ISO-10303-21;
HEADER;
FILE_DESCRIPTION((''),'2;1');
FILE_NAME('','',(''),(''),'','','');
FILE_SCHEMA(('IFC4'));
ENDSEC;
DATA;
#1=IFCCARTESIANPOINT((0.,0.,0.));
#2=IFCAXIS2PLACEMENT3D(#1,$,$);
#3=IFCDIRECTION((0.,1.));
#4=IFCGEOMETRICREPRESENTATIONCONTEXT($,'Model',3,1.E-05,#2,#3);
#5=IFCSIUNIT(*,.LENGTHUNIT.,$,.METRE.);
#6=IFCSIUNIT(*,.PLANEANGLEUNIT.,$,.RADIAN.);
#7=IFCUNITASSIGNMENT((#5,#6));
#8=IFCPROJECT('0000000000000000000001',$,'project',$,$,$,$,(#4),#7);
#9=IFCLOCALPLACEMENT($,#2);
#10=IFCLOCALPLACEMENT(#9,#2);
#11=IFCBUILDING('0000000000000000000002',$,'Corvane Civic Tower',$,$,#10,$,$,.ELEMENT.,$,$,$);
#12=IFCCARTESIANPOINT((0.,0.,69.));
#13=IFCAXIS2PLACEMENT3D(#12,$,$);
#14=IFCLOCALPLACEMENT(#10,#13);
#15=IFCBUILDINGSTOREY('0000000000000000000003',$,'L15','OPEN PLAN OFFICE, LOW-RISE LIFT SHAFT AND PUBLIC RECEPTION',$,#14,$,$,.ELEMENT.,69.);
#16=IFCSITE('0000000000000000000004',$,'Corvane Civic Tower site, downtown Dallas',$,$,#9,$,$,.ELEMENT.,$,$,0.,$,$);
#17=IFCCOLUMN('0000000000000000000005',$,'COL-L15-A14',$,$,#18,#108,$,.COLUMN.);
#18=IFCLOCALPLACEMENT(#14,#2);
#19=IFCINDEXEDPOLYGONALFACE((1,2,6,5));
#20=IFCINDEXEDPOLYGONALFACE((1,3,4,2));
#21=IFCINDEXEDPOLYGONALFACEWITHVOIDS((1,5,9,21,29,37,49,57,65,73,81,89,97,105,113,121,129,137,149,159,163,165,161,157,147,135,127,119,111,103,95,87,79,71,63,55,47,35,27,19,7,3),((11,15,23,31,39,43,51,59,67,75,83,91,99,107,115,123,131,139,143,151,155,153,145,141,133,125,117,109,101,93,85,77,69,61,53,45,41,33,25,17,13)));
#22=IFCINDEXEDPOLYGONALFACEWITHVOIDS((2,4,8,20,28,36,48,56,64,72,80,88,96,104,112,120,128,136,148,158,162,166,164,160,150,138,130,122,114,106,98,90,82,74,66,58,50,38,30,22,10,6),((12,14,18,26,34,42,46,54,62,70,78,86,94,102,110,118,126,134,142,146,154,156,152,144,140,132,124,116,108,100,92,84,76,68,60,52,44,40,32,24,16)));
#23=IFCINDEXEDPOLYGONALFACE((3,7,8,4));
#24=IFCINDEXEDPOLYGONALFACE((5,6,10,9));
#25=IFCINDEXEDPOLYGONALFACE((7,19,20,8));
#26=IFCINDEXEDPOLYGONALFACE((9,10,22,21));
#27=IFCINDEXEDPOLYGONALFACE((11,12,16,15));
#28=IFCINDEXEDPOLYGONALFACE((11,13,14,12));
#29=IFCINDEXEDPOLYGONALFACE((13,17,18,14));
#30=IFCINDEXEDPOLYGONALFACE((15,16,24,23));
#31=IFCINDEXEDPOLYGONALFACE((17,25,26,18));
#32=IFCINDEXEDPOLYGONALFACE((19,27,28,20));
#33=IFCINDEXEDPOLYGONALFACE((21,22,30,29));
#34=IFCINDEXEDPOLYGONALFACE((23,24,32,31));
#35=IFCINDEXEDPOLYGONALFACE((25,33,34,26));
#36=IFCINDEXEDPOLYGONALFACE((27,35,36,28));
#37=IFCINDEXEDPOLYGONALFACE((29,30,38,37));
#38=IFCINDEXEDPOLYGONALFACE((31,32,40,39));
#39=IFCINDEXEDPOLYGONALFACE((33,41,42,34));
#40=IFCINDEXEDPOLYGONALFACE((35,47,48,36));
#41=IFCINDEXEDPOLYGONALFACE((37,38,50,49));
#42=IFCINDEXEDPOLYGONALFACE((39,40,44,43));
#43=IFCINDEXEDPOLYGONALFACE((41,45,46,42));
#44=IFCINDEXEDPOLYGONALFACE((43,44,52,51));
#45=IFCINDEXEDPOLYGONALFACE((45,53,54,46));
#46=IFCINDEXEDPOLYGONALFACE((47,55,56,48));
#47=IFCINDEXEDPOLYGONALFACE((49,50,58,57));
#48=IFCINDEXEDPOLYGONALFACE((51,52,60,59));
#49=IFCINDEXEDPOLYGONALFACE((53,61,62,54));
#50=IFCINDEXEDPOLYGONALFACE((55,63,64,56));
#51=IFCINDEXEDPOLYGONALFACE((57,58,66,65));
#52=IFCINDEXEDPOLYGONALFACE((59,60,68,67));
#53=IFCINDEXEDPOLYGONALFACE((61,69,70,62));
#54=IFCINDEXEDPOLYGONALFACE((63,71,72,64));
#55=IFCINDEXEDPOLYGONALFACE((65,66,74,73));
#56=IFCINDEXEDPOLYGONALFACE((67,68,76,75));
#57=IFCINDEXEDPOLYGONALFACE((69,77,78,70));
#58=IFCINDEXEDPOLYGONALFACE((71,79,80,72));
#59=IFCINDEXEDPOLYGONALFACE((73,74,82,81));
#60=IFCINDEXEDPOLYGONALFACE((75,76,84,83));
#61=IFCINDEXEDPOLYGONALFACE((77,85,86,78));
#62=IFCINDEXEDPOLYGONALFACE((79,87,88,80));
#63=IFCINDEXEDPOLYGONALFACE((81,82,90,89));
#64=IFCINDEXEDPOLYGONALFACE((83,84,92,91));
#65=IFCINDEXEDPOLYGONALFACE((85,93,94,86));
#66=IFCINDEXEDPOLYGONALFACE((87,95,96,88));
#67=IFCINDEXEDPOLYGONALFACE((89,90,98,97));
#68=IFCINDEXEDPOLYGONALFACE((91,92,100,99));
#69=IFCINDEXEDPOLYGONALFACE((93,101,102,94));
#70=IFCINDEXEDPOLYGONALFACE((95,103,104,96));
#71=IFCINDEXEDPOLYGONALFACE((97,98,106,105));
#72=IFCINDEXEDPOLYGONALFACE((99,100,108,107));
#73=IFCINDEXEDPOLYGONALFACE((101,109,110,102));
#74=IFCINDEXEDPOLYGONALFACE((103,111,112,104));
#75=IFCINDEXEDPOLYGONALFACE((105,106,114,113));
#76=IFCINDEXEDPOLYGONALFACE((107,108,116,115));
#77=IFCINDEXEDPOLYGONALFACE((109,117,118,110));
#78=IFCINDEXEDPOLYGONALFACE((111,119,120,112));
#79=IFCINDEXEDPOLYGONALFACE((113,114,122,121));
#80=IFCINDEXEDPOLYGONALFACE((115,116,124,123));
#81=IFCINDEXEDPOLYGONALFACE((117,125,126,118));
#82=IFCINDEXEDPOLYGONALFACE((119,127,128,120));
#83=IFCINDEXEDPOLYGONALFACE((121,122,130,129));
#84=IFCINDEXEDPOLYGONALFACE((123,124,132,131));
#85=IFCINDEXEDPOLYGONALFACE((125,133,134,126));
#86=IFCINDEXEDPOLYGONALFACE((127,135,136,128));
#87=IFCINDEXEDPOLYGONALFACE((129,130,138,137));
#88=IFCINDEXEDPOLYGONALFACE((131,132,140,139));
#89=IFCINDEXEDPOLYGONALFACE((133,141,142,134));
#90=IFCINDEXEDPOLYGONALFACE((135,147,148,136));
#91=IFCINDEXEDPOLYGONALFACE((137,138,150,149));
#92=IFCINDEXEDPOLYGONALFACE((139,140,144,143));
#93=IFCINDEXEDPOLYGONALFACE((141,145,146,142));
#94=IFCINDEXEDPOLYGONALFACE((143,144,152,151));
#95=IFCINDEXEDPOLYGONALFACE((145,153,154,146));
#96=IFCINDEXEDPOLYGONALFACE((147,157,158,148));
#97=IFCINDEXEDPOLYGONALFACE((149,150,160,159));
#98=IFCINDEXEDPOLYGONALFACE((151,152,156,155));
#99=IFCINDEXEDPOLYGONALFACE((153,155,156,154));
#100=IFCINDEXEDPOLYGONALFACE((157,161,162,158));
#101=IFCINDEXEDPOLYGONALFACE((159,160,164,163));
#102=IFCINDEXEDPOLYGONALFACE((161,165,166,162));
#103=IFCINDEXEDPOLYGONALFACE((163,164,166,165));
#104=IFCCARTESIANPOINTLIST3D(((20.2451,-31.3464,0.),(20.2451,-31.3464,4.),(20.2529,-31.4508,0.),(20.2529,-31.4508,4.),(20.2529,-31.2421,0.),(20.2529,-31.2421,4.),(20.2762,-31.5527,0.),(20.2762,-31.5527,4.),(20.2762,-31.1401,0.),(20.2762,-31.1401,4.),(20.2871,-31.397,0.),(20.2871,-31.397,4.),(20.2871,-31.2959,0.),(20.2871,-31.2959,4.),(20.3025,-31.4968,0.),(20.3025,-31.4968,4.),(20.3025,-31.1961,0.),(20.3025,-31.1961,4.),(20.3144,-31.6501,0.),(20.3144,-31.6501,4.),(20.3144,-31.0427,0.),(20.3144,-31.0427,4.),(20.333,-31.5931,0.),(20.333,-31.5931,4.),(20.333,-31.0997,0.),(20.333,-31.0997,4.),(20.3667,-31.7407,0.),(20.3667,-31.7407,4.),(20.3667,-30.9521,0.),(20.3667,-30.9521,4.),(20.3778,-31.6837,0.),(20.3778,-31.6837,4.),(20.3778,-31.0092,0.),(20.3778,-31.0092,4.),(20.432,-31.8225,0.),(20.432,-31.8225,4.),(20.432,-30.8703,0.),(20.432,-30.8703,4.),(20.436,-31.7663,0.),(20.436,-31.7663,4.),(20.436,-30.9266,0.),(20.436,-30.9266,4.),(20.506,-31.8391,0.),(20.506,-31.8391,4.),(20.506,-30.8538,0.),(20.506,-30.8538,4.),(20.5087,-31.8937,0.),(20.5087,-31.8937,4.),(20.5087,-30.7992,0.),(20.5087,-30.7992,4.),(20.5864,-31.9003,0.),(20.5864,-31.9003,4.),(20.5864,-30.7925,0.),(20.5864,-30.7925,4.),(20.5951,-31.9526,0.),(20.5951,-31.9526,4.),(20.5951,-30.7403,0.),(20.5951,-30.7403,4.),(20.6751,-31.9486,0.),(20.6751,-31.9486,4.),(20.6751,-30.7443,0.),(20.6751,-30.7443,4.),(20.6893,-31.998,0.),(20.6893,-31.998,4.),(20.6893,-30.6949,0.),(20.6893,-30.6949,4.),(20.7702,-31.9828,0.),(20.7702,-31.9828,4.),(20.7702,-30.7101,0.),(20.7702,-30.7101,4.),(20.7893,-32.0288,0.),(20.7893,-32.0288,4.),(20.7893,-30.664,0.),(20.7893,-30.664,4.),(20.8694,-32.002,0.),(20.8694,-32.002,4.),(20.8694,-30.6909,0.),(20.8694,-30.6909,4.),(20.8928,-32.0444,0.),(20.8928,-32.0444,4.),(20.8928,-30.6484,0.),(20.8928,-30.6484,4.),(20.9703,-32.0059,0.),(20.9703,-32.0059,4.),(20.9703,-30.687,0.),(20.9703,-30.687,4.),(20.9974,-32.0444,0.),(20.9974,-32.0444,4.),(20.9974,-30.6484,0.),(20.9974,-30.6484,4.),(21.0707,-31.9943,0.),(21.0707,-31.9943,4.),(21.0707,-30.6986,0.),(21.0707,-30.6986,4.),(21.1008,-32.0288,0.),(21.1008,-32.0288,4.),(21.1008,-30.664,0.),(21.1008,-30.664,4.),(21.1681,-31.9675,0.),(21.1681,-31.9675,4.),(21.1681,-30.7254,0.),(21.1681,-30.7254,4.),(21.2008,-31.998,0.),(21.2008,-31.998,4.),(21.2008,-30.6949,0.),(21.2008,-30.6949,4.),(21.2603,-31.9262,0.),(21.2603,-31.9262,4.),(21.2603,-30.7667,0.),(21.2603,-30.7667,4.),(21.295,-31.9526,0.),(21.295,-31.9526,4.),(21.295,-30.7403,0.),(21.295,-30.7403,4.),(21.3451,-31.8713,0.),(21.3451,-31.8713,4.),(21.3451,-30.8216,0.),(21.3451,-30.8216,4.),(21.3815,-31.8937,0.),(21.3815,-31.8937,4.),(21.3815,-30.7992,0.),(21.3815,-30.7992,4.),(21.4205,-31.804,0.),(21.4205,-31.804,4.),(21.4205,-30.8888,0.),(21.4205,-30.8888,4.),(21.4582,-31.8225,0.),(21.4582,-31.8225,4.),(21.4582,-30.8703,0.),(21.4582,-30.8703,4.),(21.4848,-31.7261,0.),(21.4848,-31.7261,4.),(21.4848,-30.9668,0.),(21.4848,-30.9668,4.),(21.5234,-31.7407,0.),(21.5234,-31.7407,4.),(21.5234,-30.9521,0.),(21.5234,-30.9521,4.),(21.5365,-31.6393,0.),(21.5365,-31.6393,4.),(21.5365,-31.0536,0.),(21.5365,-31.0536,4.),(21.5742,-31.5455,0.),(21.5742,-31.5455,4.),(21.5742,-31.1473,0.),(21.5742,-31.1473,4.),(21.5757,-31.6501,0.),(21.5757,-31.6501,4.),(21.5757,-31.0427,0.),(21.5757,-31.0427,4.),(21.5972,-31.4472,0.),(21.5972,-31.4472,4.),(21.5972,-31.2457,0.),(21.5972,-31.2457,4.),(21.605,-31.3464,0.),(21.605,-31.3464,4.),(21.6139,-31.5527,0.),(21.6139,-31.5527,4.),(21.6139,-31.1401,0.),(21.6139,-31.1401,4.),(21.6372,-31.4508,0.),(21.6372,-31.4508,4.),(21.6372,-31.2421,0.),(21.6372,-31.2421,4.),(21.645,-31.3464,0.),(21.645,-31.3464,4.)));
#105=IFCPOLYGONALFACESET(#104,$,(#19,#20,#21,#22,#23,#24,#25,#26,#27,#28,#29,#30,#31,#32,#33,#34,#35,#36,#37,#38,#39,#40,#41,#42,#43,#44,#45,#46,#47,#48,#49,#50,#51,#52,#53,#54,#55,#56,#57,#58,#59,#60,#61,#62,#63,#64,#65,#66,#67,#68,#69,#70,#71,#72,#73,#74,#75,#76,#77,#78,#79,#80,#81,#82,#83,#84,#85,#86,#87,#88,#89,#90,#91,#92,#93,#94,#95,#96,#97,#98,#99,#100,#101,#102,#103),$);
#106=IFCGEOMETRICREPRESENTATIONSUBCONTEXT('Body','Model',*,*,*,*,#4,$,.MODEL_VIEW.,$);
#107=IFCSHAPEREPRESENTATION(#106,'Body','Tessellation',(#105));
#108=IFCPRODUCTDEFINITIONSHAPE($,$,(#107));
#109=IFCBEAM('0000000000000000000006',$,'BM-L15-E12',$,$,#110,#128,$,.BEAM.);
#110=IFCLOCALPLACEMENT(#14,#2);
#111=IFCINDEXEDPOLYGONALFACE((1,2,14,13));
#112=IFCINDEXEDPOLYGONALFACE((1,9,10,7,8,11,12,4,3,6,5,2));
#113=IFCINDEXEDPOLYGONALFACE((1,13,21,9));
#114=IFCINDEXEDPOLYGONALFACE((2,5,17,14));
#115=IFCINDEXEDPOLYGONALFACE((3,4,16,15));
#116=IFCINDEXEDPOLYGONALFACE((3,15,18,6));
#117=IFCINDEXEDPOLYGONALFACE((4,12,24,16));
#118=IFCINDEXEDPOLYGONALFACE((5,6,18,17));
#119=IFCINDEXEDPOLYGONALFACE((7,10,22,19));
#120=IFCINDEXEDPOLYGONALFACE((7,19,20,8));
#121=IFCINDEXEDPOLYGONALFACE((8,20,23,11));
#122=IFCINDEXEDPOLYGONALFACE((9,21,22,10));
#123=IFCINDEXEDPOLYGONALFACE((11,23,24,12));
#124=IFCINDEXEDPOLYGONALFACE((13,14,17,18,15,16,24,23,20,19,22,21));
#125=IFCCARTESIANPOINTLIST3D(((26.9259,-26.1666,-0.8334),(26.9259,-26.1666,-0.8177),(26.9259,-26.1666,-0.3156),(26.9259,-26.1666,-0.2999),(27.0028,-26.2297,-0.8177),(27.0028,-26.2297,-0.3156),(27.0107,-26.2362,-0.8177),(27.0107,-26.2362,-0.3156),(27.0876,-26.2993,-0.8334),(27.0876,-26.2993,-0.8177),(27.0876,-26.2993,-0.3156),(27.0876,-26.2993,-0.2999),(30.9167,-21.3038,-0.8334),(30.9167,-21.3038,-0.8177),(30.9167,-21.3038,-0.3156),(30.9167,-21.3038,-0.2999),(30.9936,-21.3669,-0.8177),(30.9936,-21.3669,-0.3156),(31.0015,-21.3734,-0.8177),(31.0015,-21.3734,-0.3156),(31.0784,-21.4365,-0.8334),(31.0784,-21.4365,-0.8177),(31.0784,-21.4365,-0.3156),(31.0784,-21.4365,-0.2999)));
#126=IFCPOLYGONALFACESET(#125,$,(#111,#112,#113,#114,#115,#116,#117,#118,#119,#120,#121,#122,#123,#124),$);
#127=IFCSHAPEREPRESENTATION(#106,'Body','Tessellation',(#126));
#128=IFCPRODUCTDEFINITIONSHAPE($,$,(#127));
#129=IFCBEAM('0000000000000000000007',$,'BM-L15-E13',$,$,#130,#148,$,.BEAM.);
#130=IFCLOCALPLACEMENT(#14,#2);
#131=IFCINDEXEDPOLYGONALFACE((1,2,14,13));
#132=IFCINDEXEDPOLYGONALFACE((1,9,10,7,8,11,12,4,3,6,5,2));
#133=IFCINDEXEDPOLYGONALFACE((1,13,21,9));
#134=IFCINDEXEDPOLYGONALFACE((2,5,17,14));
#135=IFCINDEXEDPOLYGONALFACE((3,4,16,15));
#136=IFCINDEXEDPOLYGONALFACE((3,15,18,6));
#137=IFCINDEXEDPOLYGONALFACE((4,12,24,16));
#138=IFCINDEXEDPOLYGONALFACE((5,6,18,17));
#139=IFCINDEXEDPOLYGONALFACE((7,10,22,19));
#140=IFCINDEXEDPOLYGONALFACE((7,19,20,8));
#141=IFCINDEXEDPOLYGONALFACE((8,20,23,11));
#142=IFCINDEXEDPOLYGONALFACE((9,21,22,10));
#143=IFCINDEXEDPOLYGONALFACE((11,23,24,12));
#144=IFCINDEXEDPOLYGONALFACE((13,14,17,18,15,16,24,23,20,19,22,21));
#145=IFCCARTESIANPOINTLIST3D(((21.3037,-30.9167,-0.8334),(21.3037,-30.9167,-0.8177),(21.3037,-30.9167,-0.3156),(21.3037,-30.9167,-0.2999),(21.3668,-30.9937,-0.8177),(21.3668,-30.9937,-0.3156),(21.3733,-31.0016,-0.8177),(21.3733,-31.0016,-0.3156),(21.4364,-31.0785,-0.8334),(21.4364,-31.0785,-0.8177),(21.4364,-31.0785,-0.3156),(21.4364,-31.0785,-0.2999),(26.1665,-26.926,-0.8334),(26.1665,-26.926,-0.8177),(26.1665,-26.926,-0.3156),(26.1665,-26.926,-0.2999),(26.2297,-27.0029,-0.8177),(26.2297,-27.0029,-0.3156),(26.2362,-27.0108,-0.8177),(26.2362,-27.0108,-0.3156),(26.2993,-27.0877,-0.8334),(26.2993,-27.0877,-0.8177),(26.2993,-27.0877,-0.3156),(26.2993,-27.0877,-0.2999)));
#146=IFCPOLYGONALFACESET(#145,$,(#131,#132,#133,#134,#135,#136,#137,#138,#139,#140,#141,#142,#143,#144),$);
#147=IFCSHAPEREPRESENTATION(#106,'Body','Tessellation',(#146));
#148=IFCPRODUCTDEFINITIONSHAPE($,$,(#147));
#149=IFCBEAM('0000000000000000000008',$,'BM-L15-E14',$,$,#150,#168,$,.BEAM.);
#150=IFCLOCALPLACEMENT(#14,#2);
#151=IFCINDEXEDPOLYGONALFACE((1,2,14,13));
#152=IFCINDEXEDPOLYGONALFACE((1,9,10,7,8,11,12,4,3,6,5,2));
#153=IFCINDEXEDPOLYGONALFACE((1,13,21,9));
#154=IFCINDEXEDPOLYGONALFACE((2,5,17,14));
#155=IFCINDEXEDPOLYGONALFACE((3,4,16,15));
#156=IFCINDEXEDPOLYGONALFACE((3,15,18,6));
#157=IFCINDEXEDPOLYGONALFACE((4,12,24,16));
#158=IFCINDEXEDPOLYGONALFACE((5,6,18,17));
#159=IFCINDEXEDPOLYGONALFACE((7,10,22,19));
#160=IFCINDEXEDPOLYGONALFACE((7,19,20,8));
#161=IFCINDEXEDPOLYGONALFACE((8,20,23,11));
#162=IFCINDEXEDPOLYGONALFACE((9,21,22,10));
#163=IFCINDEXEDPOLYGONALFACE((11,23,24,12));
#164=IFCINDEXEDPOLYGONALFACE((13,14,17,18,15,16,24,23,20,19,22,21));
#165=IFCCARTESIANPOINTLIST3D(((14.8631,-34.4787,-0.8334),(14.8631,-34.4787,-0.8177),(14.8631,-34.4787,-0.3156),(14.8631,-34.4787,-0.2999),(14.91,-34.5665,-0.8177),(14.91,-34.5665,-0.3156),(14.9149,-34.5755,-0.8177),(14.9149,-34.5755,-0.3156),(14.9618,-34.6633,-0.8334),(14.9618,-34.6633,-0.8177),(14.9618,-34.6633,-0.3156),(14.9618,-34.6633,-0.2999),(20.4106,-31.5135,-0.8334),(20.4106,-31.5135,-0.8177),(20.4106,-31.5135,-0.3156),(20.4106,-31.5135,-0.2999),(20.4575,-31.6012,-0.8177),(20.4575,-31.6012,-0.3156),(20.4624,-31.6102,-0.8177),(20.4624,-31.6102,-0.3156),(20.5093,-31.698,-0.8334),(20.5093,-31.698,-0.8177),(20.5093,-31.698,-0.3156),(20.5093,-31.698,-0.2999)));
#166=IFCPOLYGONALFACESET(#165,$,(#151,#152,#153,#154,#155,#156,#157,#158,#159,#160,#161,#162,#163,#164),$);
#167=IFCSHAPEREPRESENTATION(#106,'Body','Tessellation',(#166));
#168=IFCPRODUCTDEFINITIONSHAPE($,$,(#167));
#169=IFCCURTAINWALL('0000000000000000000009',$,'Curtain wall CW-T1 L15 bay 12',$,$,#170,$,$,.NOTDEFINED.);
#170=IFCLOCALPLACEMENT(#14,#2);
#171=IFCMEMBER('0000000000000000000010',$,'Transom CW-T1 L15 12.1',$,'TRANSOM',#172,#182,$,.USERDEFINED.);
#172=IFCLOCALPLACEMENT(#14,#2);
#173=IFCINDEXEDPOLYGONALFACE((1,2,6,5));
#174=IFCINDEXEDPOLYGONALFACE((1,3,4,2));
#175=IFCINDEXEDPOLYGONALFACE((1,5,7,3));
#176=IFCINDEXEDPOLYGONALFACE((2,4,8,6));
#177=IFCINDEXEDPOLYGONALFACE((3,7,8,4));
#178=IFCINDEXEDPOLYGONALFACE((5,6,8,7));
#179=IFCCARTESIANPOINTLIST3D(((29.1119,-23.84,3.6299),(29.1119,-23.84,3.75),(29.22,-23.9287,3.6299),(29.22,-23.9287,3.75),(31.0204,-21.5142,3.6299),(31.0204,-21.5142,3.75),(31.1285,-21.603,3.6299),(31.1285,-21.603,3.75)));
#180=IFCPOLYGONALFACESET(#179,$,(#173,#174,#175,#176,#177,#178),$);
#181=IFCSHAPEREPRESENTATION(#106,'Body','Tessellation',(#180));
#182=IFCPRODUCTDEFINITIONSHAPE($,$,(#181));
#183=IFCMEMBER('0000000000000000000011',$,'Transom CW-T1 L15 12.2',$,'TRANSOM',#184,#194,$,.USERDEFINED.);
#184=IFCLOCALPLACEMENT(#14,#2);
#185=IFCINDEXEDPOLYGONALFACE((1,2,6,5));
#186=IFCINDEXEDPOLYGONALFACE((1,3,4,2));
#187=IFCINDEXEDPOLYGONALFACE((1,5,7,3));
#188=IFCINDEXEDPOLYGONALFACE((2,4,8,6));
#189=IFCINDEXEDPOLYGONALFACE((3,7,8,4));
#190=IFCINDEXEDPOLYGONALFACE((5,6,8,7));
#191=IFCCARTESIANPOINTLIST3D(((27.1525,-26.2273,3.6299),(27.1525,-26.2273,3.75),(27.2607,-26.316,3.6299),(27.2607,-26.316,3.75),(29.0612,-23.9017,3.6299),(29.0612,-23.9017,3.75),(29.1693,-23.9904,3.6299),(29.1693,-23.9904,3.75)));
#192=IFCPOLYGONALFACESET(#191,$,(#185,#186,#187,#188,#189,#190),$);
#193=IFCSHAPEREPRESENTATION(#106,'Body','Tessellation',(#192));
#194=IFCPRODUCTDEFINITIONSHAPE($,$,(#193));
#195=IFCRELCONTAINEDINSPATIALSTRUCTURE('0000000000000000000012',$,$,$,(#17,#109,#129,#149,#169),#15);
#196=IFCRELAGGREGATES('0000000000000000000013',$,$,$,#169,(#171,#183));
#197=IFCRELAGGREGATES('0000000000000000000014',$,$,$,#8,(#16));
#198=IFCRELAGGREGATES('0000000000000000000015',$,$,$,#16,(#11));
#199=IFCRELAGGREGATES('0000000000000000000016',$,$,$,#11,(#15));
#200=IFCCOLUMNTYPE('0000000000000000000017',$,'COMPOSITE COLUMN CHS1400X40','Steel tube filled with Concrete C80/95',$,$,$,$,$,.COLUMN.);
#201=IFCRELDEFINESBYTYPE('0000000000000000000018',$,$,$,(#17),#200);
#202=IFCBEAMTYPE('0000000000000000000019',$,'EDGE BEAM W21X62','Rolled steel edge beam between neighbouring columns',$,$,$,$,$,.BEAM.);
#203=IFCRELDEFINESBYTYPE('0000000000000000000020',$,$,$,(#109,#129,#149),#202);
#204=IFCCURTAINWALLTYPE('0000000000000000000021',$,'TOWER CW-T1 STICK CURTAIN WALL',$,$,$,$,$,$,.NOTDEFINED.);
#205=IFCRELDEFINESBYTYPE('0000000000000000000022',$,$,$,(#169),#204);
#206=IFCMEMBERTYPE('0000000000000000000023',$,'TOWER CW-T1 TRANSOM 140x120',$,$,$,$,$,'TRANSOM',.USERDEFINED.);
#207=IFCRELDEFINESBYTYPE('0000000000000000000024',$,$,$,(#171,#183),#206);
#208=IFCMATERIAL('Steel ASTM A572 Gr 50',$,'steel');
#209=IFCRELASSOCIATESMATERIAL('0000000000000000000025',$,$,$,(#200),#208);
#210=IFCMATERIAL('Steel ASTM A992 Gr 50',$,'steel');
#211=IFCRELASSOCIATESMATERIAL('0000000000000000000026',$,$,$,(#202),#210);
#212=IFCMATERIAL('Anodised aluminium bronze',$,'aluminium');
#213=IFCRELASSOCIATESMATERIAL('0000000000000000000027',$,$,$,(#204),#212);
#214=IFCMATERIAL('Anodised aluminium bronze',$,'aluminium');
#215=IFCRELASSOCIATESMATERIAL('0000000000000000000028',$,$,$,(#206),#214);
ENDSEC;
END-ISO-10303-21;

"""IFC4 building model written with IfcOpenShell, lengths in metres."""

from ifc_helpers import new_model, si_unit, direction, frame, origin, origin_2d, place, context, subcontext, project, spatial, rectangle, hollow_circle, i_section, extrude, material, material_profile, profile_set, type_object, element, aggregate, save


model = new_model("IFC4")

# Units and contexts
model_context = context("Model", 3, precision=1e-05, world=origin(), true_north=direction((0.0, 1.0)))
body_context = subcontext(model_context, "Body", "Model", "MODEL_VIEW")
ifc_project = project(units=[si_unit("LENGTHUNIT", "METRE"), si_unit("PLANEANGLEUNIT", "RADIAN")], contexts=[model_context])

# Site, building, storey
site_placement = place(None, origin())
site = spatial("IfcSite", under=ifc_project, at=site_placement, Name="Corvane Civic Tower site, downtown Dallas", CompositionType="ELEMENT", RefElevation=0.0)
building_placement = place(site_placement, origin())
building = spatial("IfcBuilding", under=site, at=building_placement, Name="Corvane Civic Tower", CompositionType="ELEMENT")
storey_placement = place(building_placement, frame((0.0, 0.0, 69.0)))
storey = spatial("IfcBuildingStorey", under=building, at=storey_placement, Name="L15", Description="OPEN PLAN OFFICE, LOW-RISE LIFT SHAFT AND PUBLIC RECEPTION", CompositionType="ELEMENT", Elevation=69.0)

# Column
ifc_material_1 = material(Name="Steel ASTM A572 Gr 50", Category="steel")
ifc_material_profile_1 = material_profile(ifc_material_1, hollow_circle(Radius=0.7, WallThickness=0.04, at=origin_2d()), Name="CHS1400X40")
ifc_profile_set_1 = profile_set([ifc_material_profile_1], Name="Steel ASTM A572 Gr 50")
column_type = type_object("IfcColumnType", Name="COMPOSITE COLUMN CHS1400X40", Description="Steel tube filled with Concrete C80/95", PredefinedType="COLUMN", material=ifc_profile_set_1)
for number, where, z_axis, x_axis, name in (
    (1, (20.9451, -31.3464, 0.0), (0.0, 0.0, 1.0), (1.0, 0.0, 0.0), "COL-L15-A14"),
):
    element("IfcColumn", number, at=place(storey_placement, frame(where, z_axis=z_axis, x_axis=x_axis)), inside=storey, type_object=column_type, Name=name, PredefinedType="COLUMN", context=body_context, shape_type="SweptSolid", body=[
        extrude(hollow_circle(Radius=0.7, WallThickness=0.04, at=origin_2d()), origin(), (0.0, 0.0, 1.0), 4.0),
    ])

# Beams
ifc_material_2 = material(Name="Steel ASTM A992 Gr 50", Category="steel")
ifc_material_profile_2 = material_profile(ifc_material_2, i_section(OverallWidth=0.2092, OverallDepth=0.5334, WebThickness=0.0103, FlangeThickness=0.0156, at=origin_2d()), Name="W21X62")
ifc_profile_set_2 = profile_set([ifc_material_profile_2], Name="Steel ASTM A992 Gr 50")
beam_type = type_object("IfcBeamType", Name="EDGE BEAM W21X62", Description="Rolled steel edge beam between neighbouring columns", PredefinedType="BEAM", material=ifc_profile_set_2)
for number, where, z_axis, x_axis, name in (
    (2, (30.9976, -21.3701, -0.5667), (-0.634387, -0.773016, 0.0), (0.773016, -0.634387, 0.0), "BM-L15-E12"),
    (3, (26.2329, -27.0068, -0.5667), (-0.773016, -0.634387, 0.0), (0.634387, -0.773016, 0.0), "BM-L15-E13"),
):
    element("IfcBeam", number, at=place(storey_placement, frame(where, z_axis=z_axis, x_axis=x_axis)), inside=storey, type_object=beam_type, Name=name, PredefinedType="BEAM", context=body_context, shape_type="SweptSolid", body=[
        extrude(i_section(OverallWidth=0.2092, OverallDepth=0.5334, WebThickness=0.0103, FlangeThickness=0.0156, at=origin_2d()), origin(), (0.0, 0.0, 1.0), 6.2908),
    ])
beam_placement = place(storey_placement, frame((20.46, -31.6057, -0.5667), z_axis=(-0.881916, -0.471406, 0.0), x_axis=(0.471406, -0.881916, 0.0)))
element("IfcBeam", 4, at=beam_placement, inside=storey, type_object=beam_type, Name="BM-L15-E14", PredefinedType="BEAM", context=body_context, shape_type="SweptSolid", body=[
    extrude(i_section(OverallWidth=0.2092, OverallDepth=0.5334, WebThickness=0.0103, FlangeThickness=0.0156, at=origin_2d()), origin(), (0.0, 0.0, 1.0), 6.2903),
])

# Curtain wall, members
ifc_material_3 = material(Name="Anodised aluminium bronze", Category="aluminium")
curtain_wall_type = type_object("IfcCurtainWallType", Name="TOWER CW-T1 STICK CURTAIN WALL", PredefinedType="NOTDEFINED", material=ifc_material_3)
curtain_wall_1_placement = place(storey_placement, origin())
curtain_wall_1 = element("IfcCurtainWall", 5, at=curtain_wall_1_placement, inside=storey, type_object=curtain_wall_type, Name="Curtain wall CW-T1 L15 bay 12", PredefinedType="NOTDEFINED")
ifc_material_4 = material(Name="Anodised aluminium bronze", Category="aluminium")
ifc_material_profile_3 = material_profile(ifc_material_4, rectangle(XDim=0.1399, YDim=0.1201, at=origin_2d()), Name="TOWER CW-T1 TRANSOM 140x120")
ifc_profile_set_3 = profile_set([ifc_material_profile_3], Name="Anodised aluminium bronze")
member_type_1 = type_object("IfcMemberType", Name="TOWER CW-T1 TRANSOM 140x120", ElementType="TRANSOM", PredefinedType="USERDEFINED", material=ifc_profile_set_3)
member_1_placement = place(storey_placement, frame((31.0745, -21.5586, 3.6899), z_axis=(-0.634355, -0.773042, 0.0), x_axis=(0.773042, -0.634355, 0.0)))
member_1 = element("IfcMember", 6, at=member_1_placement, type_object=member_type_1, Name="Transom CW-T1 L15 12.1", ObjectType="TRANSOM", PredefinedType="USERDEFINED", context=body_context, shape_type="SweptSolid", body=[
    extrude(rectangle(XDim=0.1399, YDim=0.1201, at=origin_2d()), origin(), (0.0, 0.0, 1.0), 3.0085),
])
member_2_placement = place(storey_placement, frame((29.1152, -23.946, 3.6899), z_axis=(-0.634404, -0.773002, 0.0), x_axis=(0.773002, -0.634404, 0.0)))
member_2 = element("IfcMember", 7, at=member_2_placement, type_object=member_type_1, Name="Transom CW-T1 L15 12.2", ObjectType="TRANSOM", PredefinedType="USERDEFINED", context=body_context, shape_type="SweptSolid", body=[
    extrude(rectangle(XDim=0.1399, YDim=0.1201, at=origin_2d()), origin(), (0.0, 0.0, 1.0), 3.0085),
])

aggregate(curtain_wall_1, [member_1, member_2])

save(model, "model.ifc")
